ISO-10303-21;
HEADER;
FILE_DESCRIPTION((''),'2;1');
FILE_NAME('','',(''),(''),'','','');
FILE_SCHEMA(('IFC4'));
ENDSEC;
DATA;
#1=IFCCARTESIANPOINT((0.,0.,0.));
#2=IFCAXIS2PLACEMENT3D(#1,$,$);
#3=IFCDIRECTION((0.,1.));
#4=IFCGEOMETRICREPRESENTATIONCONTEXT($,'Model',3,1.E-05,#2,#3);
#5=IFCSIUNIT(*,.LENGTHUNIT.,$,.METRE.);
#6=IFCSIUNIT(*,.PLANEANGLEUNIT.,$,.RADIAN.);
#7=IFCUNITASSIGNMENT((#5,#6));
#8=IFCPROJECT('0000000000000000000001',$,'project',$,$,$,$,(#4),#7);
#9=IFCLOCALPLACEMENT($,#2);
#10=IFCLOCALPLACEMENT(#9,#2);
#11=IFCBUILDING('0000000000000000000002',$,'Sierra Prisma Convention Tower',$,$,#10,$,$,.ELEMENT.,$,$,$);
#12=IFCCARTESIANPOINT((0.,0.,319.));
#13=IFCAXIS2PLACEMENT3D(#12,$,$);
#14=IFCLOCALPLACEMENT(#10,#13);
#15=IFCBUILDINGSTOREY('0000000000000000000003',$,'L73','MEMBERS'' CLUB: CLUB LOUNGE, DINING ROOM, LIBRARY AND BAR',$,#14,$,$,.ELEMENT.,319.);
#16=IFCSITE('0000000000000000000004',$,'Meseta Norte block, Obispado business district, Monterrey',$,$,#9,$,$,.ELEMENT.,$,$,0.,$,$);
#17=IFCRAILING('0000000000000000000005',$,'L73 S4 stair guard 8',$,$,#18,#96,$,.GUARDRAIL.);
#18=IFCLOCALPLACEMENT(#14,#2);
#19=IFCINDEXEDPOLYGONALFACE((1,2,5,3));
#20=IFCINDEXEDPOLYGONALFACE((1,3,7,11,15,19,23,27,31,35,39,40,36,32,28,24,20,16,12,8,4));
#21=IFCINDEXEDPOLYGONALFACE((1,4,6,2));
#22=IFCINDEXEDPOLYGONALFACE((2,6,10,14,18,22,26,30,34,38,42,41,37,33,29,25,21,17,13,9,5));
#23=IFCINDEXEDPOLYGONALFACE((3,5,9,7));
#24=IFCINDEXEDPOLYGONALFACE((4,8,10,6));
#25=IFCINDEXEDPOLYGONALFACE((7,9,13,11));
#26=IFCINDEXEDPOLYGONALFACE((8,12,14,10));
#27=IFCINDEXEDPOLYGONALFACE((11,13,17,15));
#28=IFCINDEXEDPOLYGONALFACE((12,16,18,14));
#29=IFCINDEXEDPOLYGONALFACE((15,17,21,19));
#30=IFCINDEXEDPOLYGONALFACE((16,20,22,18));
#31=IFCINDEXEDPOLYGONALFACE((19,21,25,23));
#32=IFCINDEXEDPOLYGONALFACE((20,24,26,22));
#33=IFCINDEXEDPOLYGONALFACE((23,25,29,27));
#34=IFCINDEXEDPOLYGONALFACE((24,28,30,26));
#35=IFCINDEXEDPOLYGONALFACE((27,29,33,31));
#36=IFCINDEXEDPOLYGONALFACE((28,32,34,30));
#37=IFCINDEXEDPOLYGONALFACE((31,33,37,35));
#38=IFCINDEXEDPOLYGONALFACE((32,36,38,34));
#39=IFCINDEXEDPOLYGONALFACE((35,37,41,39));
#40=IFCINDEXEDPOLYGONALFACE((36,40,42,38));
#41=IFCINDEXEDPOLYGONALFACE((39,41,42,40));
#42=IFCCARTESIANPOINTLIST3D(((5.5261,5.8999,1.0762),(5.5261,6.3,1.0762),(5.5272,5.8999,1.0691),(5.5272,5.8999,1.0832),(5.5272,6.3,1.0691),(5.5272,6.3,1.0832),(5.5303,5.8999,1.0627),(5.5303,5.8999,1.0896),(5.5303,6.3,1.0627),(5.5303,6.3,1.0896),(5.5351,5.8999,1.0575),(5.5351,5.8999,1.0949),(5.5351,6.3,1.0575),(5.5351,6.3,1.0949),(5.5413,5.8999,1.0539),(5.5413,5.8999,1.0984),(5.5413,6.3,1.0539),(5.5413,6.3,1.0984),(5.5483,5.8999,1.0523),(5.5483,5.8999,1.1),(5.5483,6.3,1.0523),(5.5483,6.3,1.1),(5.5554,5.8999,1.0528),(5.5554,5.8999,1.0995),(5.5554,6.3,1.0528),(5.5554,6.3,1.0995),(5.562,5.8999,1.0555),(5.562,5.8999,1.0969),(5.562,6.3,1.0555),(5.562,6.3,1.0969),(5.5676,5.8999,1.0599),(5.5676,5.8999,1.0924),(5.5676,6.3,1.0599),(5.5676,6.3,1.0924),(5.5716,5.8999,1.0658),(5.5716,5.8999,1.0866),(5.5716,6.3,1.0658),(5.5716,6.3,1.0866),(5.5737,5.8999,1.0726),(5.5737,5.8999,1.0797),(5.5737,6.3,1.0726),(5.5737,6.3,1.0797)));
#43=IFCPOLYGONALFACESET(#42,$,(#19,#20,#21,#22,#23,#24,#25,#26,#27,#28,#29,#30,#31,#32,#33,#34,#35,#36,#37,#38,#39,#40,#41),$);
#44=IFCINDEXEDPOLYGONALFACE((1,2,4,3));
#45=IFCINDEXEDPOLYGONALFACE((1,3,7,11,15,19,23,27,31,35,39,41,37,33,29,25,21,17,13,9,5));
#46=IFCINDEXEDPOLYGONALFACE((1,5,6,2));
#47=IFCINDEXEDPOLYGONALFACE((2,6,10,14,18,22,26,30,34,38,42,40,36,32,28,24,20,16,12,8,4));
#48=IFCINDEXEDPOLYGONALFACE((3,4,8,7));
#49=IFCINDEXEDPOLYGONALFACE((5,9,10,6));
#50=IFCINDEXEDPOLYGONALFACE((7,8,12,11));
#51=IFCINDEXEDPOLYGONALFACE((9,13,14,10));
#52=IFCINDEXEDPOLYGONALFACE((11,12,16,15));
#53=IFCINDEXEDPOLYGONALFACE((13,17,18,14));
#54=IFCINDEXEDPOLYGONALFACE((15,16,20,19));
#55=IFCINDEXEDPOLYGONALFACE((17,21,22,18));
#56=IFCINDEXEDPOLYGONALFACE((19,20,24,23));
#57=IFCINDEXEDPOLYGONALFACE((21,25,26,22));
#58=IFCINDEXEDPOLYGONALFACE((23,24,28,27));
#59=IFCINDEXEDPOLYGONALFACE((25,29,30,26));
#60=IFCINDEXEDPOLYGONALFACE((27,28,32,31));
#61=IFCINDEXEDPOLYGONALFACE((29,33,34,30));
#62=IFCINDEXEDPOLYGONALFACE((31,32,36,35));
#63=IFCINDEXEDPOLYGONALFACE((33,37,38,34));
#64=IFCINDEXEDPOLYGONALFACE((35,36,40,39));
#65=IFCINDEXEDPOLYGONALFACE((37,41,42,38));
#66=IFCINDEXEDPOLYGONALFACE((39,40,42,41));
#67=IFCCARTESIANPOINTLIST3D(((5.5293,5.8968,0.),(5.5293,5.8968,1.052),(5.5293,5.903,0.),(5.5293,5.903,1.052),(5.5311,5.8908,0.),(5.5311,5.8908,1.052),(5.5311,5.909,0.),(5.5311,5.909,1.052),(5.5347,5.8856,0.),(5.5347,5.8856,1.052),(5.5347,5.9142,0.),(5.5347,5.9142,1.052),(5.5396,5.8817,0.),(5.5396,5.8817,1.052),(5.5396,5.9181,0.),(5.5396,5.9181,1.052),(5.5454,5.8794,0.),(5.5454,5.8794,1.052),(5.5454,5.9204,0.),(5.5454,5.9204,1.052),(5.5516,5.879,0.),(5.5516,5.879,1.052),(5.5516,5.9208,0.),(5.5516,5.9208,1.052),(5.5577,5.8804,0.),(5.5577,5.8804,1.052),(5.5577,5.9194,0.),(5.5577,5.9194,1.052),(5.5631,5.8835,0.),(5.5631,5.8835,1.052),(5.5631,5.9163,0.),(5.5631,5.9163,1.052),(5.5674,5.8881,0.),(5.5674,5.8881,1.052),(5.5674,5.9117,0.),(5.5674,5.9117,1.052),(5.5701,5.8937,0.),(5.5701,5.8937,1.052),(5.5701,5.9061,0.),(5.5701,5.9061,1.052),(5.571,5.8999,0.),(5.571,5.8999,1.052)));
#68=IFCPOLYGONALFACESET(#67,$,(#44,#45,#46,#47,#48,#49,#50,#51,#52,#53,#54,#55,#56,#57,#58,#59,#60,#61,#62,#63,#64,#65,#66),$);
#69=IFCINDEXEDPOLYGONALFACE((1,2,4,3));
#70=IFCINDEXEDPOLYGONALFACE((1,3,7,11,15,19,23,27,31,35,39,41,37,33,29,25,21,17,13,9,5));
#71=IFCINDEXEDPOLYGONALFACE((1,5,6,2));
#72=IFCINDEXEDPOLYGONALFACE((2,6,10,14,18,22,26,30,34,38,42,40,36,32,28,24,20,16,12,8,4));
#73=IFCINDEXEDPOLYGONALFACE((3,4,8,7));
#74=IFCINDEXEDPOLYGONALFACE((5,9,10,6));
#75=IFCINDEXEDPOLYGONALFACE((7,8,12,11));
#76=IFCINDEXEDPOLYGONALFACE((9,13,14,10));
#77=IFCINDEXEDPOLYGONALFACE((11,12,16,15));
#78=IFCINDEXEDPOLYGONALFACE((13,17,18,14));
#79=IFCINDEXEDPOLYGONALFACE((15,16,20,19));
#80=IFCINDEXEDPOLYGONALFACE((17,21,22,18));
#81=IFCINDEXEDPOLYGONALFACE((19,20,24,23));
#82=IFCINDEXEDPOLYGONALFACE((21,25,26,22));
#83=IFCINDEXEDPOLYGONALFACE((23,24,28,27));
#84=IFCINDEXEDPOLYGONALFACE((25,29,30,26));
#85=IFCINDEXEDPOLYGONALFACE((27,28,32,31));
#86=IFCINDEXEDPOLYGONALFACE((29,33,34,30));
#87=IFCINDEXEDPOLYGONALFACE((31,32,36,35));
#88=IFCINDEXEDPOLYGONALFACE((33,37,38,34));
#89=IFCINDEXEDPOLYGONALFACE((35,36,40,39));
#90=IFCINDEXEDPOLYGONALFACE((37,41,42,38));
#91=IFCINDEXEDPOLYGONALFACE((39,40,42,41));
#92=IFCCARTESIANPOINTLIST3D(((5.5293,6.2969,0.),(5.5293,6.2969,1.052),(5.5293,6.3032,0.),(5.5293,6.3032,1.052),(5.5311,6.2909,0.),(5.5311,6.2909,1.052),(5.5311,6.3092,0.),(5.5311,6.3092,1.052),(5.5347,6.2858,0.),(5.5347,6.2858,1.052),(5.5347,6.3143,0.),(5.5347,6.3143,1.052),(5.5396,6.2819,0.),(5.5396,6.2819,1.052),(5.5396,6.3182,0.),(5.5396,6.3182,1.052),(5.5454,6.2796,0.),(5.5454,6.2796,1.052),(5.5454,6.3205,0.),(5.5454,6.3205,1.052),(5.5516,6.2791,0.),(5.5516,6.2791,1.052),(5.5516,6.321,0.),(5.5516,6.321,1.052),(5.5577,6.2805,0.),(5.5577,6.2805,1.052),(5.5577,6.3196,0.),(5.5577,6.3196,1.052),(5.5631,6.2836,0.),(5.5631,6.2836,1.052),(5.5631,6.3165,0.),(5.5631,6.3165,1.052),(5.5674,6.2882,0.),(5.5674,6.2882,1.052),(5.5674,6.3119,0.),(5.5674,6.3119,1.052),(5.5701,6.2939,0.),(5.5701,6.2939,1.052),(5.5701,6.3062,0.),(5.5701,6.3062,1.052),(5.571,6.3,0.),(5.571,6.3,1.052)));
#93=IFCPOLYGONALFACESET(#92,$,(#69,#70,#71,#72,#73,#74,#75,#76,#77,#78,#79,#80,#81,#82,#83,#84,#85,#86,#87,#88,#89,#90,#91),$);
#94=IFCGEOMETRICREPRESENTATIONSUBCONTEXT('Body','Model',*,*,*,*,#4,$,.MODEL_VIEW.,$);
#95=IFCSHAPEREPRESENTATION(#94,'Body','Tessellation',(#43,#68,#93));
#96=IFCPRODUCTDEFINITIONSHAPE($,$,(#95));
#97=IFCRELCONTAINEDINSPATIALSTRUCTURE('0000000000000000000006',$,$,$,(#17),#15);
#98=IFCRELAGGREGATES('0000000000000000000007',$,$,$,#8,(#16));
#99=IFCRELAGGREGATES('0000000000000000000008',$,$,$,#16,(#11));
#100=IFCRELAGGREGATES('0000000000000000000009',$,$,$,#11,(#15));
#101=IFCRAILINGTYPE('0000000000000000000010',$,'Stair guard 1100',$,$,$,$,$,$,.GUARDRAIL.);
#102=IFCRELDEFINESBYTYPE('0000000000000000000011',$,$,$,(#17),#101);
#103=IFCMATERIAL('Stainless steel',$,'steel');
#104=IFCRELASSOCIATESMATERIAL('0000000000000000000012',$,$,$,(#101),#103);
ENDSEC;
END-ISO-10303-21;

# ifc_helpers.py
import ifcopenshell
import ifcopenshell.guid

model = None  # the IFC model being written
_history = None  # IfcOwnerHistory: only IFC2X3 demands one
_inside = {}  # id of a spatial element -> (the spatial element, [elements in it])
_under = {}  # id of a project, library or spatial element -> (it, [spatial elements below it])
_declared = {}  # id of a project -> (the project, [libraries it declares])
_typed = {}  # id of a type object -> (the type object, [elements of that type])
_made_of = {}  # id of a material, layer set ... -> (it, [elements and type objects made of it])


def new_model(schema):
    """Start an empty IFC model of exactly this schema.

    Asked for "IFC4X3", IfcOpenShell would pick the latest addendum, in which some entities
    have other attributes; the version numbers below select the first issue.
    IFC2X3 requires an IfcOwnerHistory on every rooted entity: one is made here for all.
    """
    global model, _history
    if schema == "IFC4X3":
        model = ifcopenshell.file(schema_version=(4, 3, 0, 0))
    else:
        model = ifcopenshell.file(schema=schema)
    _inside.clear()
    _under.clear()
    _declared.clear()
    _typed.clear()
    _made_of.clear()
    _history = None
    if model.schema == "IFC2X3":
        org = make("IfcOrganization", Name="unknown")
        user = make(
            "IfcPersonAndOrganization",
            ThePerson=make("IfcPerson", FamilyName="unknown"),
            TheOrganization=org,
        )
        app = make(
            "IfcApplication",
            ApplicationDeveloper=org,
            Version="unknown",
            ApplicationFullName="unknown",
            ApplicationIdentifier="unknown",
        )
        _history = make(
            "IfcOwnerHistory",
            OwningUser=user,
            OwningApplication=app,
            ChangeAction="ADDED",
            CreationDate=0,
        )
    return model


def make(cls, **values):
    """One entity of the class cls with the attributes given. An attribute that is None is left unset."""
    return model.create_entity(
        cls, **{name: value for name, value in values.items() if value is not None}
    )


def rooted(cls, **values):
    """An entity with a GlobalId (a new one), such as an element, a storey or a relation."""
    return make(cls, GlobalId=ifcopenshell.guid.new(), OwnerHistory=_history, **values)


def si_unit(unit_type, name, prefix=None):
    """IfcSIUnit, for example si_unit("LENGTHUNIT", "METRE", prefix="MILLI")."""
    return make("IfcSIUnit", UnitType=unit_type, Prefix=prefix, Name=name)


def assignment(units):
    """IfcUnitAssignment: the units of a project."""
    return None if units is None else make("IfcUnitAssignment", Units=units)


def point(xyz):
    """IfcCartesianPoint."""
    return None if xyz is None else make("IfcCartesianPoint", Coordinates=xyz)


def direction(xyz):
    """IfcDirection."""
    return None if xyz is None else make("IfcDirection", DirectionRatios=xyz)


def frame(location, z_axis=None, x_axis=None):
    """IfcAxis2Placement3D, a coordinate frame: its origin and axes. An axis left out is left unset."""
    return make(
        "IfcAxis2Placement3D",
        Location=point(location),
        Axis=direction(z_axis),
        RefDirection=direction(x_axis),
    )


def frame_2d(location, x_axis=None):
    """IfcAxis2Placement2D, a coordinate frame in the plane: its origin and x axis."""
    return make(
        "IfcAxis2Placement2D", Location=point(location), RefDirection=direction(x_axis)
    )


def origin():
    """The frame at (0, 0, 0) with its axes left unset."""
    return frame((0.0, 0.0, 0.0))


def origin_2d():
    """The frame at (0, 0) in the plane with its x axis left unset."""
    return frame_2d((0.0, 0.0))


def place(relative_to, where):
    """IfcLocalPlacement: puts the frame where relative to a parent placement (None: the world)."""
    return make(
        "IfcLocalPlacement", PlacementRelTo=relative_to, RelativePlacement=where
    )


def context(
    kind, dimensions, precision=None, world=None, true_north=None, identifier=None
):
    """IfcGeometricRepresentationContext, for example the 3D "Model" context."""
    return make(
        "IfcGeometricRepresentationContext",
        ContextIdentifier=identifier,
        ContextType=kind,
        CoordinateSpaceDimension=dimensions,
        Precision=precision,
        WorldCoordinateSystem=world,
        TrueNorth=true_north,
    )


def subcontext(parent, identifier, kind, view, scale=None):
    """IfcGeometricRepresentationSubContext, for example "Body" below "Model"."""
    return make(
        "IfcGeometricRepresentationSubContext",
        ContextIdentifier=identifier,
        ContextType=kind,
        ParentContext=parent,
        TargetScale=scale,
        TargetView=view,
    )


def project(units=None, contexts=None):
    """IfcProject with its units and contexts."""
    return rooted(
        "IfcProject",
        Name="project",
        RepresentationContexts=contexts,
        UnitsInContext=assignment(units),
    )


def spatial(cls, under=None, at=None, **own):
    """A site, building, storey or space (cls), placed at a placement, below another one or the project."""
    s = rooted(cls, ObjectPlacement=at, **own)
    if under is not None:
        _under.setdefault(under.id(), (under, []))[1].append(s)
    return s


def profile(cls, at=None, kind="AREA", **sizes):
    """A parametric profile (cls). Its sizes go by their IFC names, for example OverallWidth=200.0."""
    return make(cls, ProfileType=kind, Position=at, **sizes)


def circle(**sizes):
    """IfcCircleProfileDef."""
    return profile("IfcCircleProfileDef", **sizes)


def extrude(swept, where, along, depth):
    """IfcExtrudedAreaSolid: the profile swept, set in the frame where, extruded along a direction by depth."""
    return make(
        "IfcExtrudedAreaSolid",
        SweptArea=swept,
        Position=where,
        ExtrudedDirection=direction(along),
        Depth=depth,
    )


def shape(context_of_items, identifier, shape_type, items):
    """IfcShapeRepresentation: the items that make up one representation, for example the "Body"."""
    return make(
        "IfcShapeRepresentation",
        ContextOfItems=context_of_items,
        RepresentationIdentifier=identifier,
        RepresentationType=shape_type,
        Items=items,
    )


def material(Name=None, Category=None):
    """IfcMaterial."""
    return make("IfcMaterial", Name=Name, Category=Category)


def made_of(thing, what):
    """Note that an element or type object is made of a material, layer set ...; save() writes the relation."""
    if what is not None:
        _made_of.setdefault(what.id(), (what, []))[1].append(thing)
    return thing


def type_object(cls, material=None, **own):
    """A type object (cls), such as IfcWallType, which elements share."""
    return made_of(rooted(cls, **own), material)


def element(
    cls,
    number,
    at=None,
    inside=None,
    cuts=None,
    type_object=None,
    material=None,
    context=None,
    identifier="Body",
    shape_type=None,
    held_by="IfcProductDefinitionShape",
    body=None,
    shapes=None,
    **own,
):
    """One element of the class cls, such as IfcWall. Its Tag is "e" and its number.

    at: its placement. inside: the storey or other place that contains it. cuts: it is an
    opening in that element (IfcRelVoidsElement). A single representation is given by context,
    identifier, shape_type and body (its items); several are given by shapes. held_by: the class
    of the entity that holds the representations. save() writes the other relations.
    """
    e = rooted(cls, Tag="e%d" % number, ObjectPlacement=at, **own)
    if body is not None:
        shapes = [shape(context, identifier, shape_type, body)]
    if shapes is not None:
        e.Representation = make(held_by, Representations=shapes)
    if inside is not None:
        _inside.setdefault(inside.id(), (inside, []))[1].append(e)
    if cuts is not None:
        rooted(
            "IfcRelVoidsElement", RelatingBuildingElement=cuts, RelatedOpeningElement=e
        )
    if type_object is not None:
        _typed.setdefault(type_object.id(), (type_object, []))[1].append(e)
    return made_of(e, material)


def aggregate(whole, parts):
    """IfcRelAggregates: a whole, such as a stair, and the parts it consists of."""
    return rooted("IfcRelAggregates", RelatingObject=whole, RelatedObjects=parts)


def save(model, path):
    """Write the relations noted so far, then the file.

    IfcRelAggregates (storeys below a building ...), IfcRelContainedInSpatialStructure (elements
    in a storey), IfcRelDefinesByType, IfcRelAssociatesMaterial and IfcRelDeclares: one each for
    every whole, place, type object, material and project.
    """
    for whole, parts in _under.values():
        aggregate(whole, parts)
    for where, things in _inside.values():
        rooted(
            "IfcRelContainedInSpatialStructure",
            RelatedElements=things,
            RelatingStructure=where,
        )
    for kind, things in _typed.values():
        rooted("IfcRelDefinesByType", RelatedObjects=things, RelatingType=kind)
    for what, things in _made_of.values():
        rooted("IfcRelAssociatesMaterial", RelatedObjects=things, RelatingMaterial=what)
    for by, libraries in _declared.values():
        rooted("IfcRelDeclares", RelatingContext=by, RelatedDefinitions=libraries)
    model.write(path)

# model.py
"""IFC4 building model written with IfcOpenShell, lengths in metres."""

from ifc_helpers import new_model, si_unit, direction, frame, origin, origin_2d, place, context, subcontext, project, spatial, circle, extrude, material, type_object, element, save


model = new_model("IFC4")

# Units and contexts
model_context = context("Model", 3, precision=1e-05, world=origin(), true_north=direction((0.0, 1.0)))
body_context = subcontext(model_context, "Body", "Model", "MODEL_VIEW")
ifc_project = project(units=[si_unit("LENGTHUNIT", "METRE"), si_unit("PLANEANGLEUNIT", "RADIAN")], contexts=[model_context])

# Site, building, storey
site_placement = place(None, origin())
site = spatial("IfcSite", under=ifc_project, at=site_placement, Name="Meseta Norte block, Obispado business district, Monterrey", CompositionType="ELEMENT", RefElevation=0.0)
building_placement = place(site_placement, origin())
building = spatial("IfcBuilding", under=site, at=building_placement, Name="Sierra Prisma Convention Tower", CompositionType="ELEMENT")
storey_placement = place(building_placement, frame((0.0, 0.0, 319.0)))
storey = spatial("IfcBuildingStorey", under=building, at=storey_placement, Name="L73", Description="MEMBERS' CLUB: CLUB LOUNGE, DINING ROOM, LIBRARY AND BAR", CompositionType="ELEMENT", Elevation=319.0)

# Railing
ifc_material_1 = material(Name="Stainless steel", Category="steel")
railing_type_1 = type_object("IfcRailingType", Name="Stair guard 1100", PredefinedType="GUARDRAIL", material=ifc_material_1)
for number, where, name in (
    (1, (5.55, 5.8999, 0.0), "L73 S4 stair guard 8"),
):
    element("IfcRailing", number, at=place(storey_placement, frame(where)), inside=storey, type_object=railing_type_1, Name=name, PredefinedType="GUARDRAIL", context=body_context, shape_type="SweptSolid", body=[
        extrude(circle(Radius=0.0239, at=origin_2d()), frame((0.0, 0.0, 1.0762), z_axis=(0.0, 1.0, 0.0), x_axis=(-1.0, 0.0, 0.0)), (0.0, 0.0, 1.0), 0.4001),
        extrude(circle(Radius=0.021, at=origin_2d()), origin(), (0.0, 0.0, 1.0), 1.052),
        extrude(circle(Radius=0.021, at=origin_2d()), frame((0.0, 0.4001, 0.0)), (0.0, 0.0, 1.0), 1.052),
    ])

save(model, "model.ifc")
